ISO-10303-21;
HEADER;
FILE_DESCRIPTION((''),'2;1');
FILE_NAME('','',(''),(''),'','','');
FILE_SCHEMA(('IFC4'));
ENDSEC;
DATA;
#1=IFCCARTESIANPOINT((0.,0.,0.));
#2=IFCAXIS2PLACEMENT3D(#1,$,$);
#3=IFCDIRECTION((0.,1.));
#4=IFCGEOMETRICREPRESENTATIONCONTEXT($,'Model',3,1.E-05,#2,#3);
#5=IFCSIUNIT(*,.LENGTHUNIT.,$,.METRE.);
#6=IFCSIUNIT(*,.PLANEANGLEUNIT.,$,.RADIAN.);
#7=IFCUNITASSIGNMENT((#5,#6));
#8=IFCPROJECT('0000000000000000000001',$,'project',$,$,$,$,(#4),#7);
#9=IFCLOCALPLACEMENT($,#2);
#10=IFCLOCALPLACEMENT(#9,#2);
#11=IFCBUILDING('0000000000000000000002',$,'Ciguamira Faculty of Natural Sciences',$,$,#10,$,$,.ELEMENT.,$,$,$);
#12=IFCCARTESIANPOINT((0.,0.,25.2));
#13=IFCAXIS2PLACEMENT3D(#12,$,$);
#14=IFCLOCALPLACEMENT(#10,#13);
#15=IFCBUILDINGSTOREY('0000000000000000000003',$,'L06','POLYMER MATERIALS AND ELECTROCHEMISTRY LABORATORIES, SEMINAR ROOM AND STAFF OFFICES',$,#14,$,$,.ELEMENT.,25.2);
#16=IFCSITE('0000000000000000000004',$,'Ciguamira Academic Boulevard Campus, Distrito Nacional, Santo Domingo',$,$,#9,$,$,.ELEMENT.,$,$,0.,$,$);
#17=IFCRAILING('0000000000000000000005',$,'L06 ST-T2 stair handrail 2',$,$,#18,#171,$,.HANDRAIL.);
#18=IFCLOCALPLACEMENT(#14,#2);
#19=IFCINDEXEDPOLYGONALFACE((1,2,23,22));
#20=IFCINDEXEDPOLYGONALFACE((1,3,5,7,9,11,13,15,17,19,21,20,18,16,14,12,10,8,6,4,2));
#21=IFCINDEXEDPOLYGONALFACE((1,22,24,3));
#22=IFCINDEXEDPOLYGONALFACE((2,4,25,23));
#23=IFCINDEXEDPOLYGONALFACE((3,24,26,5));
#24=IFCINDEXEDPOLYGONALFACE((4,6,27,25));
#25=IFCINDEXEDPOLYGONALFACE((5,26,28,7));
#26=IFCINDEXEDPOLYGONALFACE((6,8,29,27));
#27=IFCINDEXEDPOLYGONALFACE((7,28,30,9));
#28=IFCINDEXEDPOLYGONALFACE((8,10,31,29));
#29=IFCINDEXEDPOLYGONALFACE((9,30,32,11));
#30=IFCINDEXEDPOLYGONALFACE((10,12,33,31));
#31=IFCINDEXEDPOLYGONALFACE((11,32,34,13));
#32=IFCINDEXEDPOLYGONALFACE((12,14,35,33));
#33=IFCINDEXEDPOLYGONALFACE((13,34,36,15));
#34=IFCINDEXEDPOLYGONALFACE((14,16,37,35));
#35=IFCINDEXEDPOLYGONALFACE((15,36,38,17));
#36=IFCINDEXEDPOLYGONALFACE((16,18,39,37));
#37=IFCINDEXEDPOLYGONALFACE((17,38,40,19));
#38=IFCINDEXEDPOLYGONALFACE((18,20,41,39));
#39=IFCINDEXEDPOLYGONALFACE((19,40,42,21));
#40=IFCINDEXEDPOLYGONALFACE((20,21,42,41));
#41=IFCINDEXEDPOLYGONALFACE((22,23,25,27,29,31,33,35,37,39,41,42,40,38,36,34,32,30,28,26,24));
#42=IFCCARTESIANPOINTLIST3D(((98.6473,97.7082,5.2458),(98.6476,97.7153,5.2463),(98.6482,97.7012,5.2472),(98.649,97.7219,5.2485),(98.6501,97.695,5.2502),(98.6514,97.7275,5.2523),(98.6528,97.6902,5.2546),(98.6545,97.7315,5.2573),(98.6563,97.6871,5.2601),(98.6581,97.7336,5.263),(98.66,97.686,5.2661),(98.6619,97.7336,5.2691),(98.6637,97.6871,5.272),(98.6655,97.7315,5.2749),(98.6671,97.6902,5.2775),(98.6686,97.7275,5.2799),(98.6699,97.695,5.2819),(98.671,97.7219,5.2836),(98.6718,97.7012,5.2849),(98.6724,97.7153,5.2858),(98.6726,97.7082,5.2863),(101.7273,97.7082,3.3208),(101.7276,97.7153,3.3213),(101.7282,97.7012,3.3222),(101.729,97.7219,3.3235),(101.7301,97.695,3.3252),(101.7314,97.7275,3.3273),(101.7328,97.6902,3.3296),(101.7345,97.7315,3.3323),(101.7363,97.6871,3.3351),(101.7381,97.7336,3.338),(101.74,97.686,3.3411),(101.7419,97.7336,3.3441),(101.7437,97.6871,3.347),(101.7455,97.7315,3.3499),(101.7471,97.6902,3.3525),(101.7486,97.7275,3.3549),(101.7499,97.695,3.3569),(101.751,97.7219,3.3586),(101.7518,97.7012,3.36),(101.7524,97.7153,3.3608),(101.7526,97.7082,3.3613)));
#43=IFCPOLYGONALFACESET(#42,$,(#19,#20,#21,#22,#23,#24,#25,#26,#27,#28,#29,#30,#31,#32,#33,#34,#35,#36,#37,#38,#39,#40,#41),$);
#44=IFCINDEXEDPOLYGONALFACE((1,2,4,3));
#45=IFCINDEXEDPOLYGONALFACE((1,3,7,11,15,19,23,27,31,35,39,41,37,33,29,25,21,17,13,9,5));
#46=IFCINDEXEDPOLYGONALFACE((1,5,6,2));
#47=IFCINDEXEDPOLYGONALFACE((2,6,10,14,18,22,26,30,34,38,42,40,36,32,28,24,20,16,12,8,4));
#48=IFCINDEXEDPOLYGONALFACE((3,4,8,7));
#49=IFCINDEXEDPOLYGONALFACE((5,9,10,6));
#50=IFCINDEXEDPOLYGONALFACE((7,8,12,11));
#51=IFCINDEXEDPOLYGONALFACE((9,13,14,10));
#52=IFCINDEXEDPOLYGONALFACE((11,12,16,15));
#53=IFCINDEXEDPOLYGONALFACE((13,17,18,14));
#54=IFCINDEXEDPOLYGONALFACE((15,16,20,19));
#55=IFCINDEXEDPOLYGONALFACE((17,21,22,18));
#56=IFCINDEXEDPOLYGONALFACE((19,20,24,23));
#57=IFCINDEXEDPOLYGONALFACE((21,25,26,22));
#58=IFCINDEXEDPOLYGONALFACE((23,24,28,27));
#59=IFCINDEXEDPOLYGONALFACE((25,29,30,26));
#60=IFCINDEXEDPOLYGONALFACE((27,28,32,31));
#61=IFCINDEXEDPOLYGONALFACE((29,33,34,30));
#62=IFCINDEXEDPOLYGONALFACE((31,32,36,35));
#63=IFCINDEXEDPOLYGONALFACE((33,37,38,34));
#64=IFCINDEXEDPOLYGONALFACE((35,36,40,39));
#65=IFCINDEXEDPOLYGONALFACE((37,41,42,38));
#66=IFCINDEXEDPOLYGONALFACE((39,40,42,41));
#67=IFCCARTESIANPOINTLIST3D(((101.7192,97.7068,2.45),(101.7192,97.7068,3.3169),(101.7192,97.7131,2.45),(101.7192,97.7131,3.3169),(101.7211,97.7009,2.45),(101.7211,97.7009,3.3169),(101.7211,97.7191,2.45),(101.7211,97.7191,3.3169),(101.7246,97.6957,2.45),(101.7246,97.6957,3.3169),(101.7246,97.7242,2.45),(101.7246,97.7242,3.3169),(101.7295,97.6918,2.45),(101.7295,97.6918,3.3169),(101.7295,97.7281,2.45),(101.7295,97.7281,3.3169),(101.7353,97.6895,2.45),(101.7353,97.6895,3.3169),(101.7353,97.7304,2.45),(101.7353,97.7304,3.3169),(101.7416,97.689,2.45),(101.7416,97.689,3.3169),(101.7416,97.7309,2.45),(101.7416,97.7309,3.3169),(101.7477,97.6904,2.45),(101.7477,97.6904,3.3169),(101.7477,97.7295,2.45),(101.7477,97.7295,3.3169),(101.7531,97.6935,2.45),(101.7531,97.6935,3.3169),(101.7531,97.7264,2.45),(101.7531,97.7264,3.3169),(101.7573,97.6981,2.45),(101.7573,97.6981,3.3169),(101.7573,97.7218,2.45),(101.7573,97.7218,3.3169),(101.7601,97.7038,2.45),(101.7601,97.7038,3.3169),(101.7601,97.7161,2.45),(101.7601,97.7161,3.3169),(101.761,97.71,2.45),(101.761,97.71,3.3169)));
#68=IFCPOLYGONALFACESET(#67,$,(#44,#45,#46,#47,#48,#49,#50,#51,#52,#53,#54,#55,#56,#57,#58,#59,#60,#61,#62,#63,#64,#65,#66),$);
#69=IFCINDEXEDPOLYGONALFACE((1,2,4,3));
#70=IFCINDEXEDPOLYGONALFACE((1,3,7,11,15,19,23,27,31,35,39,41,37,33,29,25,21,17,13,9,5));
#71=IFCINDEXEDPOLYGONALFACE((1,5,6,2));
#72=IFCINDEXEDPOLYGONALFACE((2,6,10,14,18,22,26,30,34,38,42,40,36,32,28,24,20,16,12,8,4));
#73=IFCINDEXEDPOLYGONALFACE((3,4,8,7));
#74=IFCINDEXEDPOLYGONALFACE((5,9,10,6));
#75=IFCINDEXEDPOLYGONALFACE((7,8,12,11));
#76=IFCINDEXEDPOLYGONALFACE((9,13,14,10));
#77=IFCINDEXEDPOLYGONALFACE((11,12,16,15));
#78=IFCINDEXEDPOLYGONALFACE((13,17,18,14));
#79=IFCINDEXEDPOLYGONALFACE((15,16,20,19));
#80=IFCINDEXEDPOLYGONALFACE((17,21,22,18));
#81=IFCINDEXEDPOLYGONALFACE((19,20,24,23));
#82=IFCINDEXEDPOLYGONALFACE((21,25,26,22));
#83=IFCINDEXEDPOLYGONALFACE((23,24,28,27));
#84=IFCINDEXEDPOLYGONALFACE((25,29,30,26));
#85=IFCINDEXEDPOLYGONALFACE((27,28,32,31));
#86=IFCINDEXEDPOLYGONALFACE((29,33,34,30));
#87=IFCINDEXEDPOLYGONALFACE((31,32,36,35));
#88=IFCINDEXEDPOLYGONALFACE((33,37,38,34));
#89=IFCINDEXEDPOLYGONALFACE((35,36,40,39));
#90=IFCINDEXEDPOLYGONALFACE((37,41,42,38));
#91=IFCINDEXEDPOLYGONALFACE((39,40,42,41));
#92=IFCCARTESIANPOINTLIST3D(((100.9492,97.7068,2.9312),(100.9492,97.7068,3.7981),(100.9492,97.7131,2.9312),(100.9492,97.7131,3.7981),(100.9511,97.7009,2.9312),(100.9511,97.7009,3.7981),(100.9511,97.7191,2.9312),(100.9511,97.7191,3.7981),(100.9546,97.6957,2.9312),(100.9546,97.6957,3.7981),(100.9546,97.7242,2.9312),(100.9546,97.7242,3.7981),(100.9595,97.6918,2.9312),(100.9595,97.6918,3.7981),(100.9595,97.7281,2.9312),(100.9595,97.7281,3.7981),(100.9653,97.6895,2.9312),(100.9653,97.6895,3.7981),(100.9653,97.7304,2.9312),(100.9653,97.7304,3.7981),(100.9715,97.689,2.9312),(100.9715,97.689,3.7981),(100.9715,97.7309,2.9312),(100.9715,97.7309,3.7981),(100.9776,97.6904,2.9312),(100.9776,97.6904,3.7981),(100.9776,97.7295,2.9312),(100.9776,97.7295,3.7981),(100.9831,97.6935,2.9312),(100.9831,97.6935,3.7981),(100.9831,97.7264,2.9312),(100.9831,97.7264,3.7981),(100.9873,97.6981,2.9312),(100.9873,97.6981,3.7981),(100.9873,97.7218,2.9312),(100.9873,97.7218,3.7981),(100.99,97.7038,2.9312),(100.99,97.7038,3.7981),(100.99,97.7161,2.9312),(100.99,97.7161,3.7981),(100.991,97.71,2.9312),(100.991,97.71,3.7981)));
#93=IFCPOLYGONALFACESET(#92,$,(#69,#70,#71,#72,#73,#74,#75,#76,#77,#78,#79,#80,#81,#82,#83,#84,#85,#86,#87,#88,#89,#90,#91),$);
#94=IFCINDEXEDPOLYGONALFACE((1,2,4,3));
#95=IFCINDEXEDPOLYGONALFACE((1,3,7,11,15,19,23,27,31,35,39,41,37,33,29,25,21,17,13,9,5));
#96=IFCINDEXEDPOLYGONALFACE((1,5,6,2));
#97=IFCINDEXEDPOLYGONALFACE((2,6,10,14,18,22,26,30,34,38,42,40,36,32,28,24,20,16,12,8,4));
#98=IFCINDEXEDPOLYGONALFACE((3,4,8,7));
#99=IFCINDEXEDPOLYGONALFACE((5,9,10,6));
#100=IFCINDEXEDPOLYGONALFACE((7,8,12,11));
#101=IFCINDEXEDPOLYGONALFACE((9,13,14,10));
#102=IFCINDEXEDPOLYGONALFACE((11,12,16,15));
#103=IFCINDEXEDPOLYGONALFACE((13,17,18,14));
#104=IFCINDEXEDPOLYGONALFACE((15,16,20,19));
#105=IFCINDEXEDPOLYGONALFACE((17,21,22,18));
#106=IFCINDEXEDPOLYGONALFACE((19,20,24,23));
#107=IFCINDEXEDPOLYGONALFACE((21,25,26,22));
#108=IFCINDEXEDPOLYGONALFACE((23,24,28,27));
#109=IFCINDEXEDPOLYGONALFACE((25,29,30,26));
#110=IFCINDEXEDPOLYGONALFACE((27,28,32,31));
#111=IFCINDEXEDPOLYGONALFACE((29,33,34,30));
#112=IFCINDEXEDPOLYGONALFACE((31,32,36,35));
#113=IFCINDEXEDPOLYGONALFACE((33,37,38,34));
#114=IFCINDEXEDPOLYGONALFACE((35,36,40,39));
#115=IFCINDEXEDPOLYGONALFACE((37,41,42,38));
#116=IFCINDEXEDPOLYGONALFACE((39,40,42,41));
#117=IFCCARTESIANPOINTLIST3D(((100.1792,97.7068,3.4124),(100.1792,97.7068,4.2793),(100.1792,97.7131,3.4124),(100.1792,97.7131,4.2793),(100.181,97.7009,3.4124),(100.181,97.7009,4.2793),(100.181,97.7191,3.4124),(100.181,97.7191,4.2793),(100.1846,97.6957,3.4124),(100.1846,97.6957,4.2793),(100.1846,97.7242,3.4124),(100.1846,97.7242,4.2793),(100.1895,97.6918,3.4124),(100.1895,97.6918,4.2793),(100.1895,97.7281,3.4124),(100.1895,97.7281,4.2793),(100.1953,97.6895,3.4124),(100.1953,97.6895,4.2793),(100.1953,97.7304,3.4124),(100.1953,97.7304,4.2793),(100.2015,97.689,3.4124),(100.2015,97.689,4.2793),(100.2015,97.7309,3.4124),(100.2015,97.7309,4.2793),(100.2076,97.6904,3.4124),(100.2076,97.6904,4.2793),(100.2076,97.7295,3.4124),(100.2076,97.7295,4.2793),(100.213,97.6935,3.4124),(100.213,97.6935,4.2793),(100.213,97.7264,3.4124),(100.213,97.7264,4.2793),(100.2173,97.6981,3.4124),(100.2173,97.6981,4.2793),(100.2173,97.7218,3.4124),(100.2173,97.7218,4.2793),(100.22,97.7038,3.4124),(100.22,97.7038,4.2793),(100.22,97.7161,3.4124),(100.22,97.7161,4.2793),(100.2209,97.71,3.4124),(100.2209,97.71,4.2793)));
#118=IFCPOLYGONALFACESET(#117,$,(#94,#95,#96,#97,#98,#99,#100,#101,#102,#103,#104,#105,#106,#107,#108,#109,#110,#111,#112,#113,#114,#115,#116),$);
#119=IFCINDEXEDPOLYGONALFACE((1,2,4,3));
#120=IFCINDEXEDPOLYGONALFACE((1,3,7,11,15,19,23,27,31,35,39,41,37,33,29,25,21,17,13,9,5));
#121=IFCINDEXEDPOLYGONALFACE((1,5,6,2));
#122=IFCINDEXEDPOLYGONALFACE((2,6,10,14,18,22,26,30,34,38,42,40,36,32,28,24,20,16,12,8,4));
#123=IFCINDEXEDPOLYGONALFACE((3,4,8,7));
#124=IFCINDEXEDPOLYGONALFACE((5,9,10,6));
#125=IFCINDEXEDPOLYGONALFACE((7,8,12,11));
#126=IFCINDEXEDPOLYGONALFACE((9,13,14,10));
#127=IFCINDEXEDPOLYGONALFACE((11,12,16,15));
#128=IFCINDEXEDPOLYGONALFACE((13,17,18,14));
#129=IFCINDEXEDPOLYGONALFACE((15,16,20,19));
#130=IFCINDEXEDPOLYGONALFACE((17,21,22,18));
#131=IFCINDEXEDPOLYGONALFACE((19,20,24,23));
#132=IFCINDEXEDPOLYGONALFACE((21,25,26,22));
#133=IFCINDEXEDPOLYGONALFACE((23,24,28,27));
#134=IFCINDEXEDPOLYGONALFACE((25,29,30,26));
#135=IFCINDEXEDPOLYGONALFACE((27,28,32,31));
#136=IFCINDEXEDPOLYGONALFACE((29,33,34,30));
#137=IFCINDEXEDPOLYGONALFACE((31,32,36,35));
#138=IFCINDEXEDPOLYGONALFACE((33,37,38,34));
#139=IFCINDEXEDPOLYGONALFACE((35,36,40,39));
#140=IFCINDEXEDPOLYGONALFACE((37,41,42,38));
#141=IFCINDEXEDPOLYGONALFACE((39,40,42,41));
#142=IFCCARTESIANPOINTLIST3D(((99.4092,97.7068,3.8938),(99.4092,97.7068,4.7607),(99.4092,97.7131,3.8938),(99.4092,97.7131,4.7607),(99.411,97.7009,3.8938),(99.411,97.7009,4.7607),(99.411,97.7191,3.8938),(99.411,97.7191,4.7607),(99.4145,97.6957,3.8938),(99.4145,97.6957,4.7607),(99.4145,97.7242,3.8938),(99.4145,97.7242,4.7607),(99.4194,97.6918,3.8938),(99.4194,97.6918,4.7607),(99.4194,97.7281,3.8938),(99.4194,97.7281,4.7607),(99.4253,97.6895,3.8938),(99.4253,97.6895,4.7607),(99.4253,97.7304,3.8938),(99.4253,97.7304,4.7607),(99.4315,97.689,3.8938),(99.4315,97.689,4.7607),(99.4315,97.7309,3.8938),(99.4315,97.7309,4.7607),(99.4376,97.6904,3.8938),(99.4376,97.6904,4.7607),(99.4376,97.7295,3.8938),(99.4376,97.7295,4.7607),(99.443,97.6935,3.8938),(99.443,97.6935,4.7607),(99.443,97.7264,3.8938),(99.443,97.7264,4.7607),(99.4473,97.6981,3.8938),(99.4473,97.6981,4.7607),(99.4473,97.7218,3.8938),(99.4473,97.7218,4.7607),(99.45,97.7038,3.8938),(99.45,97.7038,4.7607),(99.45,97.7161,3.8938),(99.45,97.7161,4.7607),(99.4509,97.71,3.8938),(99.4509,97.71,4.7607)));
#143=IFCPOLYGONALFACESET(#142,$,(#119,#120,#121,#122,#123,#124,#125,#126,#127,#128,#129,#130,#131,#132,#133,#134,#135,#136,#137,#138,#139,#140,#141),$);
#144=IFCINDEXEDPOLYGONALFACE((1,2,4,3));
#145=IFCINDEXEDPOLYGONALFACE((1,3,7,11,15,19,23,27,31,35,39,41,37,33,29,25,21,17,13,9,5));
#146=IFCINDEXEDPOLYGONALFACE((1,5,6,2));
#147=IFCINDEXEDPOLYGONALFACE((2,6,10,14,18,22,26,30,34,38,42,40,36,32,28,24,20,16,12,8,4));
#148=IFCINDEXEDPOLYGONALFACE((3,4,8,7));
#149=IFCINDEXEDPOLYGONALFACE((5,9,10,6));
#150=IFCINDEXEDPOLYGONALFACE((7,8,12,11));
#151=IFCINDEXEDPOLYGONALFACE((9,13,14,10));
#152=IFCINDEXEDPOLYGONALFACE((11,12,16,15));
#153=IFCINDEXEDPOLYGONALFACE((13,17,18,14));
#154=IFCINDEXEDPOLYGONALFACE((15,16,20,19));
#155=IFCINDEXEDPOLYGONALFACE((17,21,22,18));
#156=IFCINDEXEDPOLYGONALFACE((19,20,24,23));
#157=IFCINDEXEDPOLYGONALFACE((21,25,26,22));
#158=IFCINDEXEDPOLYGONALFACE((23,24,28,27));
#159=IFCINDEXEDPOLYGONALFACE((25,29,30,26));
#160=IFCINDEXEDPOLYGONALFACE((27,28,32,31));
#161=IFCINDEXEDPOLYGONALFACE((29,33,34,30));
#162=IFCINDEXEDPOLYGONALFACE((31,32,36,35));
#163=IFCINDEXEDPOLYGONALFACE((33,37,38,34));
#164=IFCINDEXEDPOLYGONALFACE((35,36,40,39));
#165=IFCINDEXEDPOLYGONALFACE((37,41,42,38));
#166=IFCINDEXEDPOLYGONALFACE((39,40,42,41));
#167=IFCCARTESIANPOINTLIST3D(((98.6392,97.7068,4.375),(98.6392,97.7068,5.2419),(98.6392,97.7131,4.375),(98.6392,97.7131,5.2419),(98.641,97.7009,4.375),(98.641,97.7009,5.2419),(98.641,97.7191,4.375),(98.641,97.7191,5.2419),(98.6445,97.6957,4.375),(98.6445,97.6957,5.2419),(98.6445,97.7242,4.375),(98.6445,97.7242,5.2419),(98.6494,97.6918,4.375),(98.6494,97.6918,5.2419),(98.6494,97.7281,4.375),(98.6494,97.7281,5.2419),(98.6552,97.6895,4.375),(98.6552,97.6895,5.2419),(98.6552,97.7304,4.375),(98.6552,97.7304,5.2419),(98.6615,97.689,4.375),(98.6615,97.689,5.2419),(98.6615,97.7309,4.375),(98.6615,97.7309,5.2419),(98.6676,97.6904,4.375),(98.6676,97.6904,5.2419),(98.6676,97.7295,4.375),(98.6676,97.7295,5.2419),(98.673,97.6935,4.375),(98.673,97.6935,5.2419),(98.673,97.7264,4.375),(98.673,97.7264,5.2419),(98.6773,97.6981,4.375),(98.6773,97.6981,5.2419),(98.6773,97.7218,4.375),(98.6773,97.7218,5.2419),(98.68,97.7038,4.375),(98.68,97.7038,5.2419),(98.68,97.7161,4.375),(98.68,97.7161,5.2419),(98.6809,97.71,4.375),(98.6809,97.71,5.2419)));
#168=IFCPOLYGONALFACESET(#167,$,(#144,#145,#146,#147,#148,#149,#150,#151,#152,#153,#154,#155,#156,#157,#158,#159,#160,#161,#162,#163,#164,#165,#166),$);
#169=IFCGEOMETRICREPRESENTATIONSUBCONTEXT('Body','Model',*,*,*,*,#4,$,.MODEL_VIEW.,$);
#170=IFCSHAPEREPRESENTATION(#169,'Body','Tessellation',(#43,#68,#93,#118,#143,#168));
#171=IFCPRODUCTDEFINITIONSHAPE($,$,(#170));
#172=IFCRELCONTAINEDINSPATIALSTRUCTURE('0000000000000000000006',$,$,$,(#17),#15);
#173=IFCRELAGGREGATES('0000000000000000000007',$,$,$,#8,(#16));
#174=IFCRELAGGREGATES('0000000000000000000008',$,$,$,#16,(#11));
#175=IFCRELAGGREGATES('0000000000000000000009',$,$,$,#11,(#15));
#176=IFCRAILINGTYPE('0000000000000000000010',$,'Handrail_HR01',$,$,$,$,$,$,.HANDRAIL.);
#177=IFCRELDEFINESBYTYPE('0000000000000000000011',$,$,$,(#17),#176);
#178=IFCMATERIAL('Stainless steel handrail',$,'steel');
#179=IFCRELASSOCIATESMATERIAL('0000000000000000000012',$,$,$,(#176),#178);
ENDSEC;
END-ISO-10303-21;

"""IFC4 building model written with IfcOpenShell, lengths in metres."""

from ifc_helpers import new_model, si_unit, direction, frame, origin, origin_2d, place, context, subcontext, project, spatial, circle, extrude, material, type_object, element, save


model = new_model("IFC4")

# Units and contexts
model_context = context("Model", 3, precision=1e-05, world=origin(), true_north=direction((0.0, 1.0)))
body_context = subcontext(model_context, "Body", "Model", "MODEL_VIEW")
ifc_project = project(units=[si_unit("LENGTHUNIT", "METRE"), si_unit("PLANEANGLEUNIT", "RADIAN")], contexts=[model_context])

# Site, building, storey
site_placement = place(None, origin())
site = spatial("IfcSite", under=ifc_project, at=site_placement, Name="Ciguamira Academic Boulevard Campus, Distrito Nacional, Santo Domingo", CompositionType="ELEMENT", RefElevation=0.0)
building_placement = place(site_placement, origin())
building = spatial("IfcBuilding", under=site, at=building_placement, Name="Ciguamira Faculty of Natural Sciences", CompositionType="ELEMENT")
storey_placement = place(building_placement, frame((0.0, 0.0, 25.2)))
storey = spatial("IfcBuildingStorey", under=building, at=storey_placement, Name="L06", Description="POLYMER MATERIALS AND ELECTROCHEMISTRY LABORATORIES, SEMINAR ROOM AND STAFF OFFICES", CompositionType="ELEMENT", Elevation=25.2)

# Railing
ifc_material_1 = material(Name="Stainless steel handrail", Category="steel")
railing_type_1 = type_object("IfcRailingType", Name="Handrail_HR01", PredefinedType="HANDRAIL", material=ifc_material_1)
railing_1_placement = place(storey_placement, frame((101.74, 97.71, 2.45)))
element("IfcRailing", 1, at=railing_1_placement, inside=storey, type_object=railing_type_1, Name="L06 ST-T2 stair handrail 2", PredefinedType="HANDRAIL", context=body_context, shape_type="SweptSolid", body=[
    extrude(circle(Radius=0.0239, at=origin_2d()), frame((0.0, 0.0, 0.8911), z_axis=(-0.847998, 0.0, 0.529999), x_axis=(0.0, -1.0, 0.0)), (0.0, 0.0, 1.0), 3.6321),
    extrude(circle(Radius=0.021, at=origin_2d()), origin(), (0.0, 0.0, 1.0), 0.8669),
    extrude(circle(Radius=0.021, at=origin_2d()), frame((-0.77, 0.0, 0.4812)), (0.0, 0.0, 1.0), 0.8669),
    extrude(circle(Radius=0.021, at=origin_2d()), frame((-1.54, 0.0, 0.9624)), (0.0, 0.0, 1.0), 0.8669),
    extrude(circle(Radius=0.021, at=origin_2d()), frame((-2.3101, 0.0, 1.4438)), (0.0, 0.0, 1.0), 0.8669),
    extrude(circle(Radius=0.021, at=origin_2d()), frame((-3.0801, 0.0, 1.925)), (0.0, 0.0, 1.0), 0.8669),
])

save(model, "model.ifc")
